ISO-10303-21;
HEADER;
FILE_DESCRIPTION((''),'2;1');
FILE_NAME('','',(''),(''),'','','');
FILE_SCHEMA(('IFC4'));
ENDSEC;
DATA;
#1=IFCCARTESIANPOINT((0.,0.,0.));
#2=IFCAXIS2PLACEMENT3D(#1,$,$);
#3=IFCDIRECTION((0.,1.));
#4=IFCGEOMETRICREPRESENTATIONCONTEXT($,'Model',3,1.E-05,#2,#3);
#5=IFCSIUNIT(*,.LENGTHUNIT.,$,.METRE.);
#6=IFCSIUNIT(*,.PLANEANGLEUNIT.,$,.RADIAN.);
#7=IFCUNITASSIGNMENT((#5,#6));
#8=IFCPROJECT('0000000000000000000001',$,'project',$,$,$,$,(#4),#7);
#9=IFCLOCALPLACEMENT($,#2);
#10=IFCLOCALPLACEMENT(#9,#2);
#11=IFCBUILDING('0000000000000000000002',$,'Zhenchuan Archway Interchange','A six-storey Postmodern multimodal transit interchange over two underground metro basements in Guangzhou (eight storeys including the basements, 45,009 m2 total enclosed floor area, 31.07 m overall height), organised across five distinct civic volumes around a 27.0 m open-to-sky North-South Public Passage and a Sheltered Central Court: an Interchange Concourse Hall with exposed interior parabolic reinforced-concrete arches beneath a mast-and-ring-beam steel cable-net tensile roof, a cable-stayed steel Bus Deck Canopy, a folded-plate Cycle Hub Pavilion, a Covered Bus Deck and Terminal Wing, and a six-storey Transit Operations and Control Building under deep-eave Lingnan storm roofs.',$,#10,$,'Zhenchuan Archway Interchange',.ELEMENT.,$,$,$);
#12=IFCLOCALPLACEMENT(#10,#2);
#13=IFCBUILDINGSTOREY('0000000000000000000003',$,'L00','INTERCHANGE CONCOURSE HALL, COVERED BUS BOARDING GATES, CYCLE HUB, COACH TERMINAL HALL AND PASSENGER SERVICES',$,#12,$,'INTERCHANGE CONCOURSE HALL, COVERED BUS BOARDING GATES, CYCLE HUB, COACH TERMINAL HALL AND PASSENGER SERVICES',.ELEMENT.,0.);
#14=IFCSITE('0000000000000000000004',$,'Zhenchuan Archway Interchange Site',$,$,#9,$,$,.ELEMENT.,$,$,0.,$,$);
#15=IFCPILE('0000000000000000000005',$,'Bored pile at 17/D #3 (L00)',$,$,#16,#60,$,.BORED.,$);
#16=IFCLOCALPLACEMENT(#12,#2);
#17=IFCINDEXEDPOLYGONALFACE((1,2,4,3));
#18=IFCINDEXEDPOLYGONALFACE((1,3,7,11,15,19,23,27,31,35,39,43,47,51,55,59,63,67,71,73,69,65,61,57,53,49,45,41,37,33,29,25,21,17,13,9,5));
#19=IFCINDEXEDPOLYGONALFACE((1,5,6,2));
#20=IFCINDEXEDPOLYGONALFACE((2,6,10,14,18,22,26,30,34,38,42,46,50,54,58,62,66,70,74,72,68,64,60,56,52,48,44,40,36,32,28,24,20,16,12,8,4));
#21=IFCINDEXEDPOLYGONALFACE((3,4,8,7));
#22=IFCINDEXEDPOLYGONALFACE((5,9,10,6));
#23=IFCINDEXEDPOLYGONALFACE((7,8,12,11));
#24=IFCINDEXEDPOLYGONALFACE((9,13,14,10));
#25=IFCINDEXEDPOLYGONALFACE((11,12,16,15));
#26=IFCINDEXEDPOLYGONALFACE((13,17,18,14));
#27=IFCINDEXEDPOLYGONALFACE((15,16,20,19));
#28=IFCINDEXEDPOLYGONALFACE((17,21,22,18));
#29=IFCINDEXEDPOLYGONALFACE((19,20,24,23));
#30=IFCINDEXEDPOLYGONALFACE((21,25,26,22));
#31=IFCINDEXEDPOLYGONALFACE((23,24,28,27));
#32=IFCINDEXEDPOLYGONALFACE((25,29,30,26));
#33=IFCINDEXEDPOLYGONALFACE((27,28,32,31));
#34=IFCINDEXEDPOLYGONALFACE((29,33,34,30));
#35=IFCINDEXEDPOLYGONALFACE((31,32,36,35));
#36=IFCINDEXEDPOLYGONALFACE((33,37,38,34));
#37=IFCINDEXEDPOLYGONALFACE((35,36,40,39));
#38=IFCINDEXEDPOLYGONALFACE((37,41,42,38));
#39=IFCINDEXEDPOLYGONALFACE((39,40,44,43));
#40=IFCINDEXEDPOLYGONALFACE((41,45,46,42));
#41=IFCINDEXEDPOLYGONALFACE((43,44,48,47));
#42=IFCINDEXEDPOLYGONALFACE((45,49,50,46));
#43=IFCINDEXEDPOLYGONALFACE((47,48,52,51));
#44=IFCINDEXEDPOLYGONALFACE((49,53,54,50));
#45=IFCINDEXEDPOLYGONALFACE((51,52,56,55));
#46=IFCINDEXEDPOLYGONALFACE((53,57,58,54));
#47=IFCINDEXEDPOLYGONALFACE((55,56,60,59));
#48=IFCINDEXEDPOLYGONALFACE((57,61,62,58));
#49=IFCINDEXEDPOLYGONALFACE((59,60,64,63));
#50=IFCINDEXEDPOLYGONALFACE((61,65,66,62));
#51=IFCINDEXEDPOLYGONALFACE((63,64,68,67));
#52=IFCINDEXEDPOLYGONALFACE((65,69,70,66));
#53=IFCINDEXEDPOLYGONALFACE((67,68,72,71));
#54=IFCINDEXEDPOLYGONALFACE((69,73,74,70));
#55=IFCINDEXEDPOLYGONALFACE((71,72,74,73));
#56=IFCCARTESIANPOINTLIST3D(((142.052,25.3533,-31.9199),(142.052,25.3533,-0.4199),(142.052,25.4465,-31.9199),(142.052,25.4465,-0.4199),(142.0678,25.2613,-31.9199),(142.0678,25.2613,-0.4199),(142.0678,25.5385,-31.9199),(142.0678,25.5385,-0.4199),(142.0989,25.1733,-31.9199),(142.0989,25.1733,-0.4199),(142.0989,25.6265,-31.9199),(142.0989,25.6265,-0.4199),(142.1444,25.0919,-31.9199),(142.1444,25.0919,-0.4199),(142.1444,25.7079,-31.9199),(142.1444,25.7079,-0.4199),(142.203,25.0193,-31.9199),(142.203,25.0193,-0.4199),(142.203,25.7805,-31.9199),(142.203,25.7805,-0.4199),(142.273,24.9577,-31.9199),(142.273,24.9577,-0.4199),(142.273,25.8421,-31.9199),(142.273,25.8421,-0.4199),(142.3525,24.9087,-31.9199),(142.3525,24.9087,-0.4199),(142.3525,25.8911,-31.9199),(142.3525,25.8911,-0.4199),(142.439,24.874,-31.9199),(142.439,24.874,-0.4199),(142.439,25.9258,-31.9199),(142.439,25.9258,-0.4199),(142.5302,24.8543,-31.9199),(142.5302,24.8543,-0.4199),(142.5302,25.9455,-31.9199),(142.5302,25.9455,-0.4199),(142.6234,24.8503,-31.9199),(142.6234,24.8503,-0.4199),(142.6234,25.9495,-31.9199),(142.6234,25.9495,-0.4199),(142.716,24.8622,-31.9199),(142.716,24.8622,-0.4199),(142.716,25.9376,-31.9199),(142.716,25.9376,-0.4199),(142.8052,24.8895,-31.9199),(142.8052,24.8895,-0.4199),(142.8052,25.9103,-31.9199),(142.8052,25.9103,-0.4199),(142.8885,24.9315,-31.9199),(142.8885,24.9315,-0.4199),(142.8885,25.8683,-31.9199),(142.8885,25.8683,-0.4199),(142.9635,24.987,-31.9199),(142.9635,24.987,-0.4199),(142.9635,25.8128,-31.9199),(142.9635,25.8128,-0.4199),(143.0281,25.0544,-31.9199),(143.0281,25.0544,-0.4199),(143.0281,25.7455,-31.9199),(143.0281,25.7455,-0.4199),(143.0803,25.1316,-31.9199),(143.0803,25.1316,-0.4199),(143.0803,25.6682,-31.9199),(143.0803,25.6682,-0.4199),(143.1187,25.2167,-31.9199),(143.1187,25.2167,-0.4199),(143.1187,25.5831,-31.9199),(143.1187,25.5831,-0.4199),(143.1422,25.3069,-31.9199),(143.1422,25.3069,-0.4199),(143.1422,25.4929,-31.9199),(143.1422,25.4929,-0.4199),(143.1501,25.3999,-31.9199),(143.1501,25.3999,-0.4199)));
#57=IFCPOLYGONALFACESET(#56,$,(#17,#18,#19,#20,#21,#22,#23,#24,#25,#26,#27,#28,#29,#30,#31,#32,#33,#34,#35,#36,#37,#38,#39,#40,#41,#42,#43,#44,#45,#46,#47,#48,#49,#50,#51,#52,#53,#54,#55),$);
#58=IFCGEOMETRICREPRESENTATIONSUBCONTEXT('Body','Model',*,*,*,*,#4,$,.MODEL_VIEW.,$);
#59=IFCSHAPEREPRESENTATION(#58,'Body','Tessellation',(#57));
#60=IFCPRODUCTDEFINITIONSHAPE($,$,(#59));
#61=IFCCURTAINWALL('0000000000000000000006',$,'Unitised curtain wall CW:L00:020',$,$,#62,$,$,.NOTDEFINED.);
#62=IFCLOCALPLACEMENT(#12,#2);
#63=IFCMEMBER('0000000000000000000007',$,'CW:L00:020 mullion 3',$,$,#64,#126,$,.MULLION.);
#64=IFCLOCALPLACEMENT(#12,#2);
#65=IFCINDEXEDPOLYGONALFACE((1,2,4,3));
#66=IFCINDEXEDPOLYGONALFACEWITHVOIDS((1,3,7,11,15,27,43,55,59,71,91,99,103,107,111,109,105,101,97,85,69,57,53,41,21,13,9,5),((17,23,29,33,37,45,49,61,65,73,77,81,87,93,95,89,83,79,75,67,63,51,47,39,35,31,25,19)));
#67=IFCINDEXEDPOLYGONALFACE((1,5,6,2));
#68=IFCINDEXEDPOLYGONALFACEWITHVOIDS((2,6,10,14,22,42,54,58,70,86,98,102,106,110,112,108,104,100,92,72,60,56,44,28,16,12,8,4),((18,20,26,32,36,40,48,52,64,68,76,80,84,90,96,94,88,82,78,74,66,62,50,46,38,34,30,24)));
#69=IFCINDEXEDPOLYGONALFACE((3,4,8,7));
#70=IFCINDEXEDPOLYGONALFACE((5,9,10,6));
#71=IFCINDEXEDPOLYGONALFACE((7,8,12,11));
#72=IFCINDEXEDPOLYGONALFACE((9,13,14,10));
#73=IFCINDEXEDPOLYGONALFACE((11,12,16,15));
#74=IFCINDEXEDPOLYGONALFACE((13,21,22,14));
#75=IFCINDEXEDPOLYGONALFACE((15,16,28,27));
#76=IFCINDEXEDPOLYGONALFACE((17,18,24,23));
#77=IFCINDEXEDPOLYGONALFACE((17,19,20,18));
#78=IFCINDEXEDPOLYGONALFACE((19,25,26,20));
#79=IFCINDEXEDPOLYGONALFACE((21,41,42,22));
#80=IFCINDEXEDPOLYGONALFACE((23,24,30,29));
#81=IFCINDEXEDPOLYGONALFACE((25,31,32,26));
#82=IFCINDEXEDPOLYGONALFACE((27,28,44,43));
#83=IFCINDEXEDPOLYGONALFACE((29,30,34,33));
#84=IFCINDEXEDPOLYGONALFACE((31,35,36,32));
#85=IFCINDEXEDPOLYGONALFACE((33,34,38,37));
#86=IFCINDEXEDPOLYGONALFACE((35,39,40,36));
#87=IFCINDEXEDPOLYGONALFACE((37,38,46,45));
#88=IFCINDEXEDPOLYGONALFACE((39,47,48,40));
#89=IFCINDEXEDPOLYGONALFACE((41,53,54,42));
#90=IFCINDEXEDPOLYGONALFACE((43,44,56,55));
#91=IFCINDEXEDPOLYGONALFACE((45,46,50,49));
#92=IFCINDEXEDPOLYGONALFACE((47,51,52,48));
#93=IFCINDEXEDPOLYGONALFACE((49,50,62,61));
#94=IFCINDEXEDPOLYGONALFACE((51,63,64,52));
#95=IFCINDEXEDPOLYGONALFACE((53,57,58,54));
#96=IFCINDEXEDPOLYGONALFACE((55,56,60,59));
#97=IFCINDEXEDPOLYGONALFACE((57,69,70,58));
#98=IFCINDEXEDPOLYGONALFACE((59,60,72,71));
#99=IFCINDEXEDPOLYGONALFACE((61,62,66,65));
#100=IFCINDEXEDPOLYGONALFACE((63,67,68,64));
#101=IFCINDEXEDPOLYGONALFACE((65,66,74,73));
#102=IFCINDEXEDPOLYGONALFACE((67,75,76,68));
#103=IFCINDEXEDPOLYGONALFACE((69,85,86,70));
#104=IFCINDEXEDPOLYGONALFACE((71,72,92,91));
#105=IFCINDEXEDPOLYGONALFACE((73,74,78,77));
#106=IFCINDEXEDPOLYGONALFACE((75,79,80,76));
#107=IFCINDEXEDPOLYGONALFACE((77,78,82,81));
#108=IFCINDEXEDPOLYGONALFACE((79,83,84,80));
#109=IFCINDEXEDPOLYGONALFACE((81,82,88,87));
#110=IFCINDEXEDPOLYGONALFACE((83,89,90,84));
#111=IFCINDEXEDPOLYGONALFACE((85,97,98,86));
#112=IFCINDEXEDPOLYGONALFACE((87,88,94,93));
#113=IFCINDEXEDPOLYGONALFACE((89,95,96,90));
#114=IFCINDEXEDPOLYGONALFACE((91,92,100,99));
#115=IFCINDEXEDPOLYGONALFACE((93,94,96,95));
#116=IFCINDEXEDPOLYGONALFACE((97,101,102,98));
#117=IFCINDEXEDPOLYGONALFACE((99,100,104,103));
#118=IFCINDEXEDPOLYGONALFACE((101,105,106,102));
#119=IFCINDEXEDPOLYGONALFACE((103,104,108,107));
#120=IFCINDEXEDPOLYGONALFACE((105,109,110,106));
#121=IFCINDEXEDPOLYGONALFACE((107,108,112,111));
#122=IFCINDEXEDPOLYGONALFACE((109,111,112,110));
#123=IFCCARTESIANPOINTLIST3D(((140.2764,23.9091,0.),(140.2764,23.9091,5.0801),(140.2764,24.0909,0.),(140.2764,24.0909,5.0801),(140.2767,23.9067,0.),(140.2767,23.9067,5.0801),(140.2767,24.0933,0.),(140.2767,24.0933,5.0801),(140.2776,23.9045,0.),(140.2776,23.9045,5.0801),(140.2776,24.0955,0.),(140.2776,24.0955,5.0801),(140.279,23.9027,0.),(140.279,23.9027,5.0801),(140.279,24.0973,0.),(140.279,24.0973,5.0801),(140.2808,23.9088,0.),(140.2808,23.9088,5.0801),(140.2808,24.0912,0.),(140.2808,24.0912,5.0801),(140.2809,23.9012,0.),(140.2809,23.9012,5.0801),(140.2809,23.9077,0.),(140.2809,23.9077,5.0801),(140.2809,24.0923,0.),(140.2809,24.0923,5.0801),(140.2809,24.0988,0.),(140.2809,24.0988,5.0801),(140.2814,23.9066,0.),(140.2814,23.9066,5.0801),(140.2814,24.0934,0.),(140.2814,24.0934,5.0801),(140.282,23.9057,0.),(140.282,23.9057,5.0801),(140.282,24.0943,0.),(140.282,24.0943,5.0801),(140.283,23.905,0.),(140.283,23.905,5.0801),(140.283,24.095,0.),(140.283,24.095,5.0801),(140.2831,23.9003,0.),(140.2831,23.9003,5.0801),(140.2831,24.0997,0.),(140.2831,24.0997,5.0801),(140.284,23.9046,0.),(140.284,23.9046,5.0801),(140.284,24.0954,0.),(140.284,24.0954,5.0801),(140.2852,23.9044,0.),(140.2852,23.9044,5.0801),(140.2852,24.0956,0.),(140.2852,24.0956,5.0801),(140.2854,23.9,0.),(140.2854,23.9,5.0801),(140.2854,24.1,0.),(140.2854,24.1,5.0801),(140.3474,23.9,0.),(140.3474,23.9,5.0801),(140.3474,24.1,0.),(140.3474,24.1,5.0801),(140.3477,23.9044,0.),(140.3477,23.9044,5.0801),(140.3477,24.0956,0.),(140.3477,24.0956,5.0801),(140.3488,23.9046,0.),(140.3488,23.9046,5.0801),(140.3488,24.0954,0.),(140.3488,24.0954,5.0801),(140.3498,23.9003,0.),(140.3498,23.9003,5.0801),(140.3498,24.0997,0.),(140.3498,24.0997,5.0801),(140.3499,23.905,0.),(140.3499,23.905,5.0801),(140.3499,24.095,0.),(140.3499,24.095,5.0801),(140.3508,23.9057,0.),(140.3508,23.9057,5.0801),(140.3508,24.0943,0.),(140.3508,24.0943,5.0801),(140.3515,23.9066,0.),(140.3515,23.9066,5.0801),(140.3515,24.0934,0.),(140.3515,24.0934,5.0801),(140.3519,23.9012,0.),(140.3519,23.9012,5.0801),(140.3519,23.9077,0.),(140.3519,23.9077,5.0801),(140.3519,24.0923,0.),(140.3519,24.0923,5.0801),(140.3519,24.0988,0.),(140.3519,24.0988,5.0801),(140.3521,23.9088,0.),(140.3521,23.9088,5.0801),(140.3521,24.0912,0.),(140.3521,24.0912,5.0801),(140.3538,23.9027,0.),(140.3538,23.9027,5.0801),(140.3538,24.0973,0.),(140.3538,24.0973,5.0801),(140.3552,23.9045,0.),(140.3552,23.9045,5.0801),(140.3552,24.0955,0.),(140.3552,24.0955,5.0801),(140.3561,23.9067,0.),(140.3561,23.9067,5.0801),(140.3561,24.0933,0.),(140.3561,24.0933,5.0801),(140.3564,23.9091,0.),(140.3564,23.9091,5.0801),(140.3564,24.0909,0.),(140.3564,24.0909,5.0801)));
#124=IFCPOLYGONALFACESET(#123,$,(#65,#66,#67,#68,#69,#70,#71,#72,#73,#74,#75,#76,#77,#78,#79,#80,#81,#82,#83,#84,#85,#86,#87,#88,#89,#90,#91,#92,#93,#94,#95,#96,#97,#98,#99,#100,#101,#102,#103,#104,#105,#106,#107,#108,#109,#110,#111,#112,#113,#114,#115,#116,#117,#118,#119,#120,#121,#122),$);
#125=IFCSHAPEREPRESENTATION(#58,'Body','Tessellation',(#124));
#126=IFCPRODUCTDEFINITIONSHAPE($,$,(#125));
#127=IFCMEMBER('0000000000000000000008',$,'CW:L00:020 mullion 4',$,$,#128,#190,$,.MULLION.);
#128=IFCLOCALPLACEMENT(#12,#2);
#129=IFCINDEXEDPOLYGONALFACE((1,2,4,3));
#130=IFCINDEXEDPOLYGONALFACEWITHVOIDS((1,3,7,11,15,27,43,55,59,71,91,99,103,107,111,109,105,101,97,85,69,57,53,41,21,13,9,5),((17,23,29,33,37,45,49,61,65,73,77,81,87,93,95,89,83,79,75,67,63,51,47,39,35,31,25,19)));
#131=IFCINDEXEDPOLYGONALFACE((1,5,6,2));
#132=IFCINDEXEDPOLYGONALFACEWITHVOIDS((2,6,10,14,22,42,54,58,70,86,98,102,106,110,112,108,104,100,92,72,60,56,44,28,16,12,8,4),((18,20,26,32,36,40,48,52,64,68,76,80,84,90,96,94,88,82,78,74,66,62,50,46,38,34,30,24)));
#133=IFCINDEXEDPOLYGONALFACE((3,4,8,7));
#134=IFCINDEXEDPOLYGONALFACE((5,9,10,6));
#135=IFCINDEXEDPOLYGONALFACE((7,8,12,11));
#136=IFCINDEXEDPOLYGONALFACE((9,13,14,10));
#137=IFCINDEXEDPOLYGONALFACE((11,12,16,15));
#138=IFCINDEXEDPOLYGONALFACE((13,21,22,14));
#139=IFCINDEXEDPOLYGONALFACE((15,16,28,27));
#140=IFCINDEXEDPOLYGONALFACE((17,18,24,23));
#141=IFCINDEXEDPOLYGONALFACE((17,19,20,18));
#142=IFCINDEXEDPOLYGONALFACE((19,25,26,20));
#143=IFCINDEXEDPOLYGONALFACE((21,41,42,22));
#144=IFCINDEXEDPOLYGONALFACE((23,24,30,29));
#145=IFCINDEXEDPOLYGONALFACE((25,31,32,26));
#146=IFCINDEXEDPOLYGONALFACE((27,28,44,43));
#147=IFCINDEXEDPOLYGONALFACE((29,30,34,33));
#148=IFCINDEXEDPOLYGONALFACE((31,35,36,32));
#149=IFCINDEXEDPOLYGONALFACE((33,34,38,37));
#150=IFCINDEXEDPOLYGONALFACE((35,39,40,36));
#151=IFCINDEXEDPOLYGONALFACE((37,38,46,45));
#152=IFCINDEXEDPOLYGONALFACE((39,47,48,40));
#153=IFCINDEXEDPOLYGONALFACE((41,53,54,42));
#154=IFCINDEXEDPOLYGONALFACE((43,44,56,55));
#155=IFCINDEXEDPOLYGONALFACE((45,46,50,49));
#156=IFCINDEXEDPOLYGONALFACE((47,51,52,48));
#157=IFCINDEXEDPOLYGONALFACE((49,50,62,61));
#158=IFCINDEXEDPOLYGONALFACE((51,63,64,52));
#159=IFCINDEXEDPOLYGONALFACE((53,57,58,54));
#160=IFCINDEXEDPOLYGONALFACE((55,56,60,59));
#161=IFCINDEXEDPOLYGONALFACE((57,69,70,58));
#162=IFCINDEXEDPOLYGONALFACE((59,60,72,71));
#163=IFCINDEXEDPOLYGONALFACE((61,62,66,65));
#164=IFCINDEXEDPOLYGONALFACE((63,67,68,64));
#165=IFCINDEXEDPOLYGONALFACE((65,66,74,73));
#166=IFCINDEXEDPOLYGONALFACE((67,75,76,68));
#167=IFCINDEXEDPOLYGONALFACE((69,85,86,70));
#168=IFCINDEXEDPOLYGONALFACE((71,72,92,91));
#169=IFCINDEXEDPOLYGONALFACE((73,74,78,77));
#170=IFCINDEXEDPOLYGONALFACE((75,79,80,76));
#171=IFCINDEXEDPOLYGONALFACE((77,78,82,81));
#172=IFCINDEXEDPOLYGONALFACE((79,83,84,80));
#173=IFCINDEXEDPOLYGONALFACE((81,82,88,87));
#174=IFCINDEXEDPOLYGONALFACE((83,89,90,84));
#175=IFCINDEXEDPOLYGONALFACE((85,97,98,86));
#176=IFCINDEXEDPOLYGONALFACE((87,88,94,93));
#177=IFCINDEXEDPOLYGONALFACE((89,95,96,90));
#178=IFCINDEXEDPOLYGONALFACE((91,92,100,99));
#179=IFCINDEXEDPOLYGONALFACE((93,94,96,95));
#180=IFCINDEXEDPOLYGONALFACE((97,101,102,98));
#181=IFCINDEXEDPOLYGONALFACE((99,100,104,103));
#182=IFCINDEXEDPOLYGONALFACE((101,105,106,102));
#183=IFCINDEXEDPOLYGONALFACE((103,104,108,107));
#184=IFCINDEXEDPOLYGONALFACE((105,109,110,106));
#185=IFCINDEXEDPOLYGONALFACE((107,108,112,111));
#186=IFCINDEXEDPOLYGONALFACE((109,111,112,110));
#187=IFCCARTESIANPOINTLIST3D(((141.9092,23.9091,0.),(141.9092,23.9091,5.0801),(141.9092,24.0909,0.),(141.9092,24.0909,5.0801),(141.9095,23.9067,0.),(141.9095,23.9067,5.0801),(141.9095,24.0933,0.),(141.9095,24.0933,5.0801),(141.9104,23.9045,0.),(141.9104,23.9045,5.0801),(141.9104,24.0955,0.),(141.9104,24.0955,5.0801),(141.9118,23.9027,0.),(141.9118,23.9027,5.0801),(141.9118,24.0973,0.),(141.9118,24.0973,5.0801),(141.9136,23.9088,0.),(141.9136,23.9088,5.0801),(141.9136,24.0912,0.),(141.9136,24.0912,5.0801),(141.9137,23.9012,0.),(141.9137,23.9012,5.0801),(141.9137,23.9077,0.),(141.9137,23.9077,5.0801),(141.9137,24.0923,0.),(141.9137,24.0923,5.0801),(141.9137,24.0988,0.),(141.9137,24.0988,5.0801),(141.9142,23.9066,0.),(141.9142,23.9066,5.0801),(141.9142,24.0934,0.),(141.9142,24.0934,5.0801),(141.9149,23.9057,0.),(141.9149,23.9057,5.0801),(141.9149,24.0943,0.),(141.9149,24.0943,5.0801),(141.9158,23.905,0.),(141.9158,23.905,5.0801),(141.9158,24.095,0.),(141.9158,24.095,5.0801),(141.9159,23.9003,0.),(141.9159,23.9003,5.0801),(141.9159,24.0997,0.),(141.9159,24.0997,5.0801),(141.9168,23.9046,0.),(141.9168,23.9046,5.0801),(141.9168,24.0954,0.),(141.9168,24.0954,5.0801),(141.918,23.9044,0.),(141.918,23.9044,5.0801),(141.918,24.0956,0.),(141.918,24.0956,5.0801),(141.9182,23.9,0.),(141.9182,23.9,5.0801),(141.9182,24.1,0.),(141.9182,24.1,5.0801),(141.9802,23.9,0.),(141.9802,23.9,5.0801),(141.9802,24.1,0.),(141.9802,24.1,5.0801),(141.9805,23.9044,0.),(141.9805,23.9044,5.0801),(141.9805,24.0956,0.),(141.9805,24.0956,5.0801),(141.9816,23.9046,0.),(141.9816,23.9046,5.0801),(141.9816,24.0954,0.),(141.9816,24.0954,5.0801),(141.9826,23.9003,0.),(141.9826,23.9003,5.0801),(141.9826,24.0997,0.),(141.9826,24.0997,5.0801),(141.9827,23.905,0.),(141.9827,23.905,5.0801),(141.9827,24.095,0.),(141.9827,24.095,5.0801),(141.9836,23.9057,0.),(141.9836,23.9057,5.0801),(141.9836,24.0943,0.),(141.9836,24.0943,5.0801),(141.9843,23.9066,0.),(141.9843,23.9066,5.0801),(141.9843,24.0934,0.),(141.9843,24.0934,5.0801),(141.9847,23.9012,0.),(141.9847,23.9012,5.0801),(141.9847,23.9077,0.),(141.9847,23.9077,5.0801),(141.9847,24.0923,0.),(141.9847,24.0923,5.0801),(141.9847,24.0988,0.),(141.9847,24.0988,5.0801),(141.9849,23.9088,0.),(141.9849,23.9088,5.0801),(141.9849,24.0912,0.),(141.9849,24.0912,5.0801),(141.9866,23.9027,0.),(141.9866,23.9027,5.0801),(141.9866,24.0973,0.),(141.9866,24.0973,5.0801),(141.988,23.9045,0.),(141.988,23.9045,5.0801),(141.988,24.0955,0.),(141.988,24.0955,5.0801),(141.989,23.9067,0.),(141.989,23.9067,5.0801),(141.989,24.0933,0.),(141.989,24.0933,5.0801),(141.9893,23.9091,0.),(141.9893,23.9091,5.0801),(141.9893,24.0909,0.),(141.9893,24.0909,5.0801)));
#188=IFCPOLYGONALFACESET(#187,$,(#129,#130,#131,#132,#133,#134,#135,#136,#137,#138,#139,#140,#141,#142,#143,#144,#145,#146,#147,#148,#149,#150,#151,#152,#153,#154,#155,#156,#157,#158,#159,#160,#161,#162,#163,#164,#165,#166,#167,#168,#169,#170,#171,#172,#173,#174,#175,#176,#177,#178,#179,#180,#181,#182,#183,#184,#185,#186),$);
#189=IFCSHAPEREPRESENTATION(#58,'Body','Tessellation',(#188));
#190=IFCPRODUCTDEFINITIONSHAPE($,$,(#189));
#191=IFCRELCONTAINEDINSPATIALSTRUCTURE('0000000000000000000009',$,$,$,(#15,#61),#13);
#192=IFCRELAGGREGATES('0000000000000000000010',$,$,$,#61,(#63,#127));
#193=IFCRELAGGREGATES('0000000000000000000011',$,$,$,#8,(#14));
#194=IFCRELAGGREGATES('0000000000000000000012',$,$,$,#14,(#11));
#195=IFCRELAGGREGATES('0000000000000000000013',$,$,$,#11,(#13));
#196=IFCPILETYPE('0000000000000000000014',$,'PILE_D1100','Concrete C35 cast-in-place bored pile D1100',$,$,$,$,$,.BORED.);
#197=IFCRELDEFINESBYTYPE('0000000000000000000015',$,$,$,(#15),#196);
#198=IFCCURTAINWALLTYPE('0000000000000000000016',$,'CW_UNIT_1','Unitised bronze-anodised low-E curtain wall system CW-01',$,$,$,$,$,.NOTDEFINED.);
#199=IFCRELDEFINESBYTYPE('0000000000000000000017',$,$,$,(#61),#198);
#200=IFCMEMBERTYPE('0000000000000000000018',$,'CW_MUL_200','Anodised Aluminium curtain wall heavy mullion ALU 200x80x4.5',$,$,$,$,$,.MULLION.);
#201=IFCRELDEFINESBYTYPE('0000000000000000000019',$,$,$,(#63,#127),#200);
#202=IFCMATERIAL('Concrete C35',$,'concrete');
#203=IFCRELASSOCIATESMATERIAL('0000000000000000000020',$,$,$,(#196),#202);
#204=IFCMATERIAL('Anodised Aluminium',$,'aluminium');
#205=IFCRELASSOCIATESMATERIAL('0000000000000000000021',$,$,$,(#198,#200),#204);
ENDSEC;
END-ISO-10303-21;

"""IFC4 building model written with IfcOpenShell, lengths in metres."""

from ifc_helpers import new_model, si_unit, direction, frame, origin, origin_2d, place, context, subcontext, project, spatial, hollow_rectangle, circle, extrude, material, material_profile, profile_set, type_object, element, aggregate, save


model = new_model("IFC4")

# Units and contexts
model_context = context("Model", 3, precision=1e-05, world=origin(), true_north=direction((0.0, 1.0)))
body_context = subcontext(model_context, "Body", "Model", "MODEL_VIEW")
ifc_project = project(units=[si_unit("LENGTHUNIT", "METRE"), si_unit("PLANEANGLEUNIT", "RADIAN")], contexts=[model_context])

# Site, building, storey
site_placement = place(None, origin())
site = spatial("IfcSite", under=ifc_project, at=site_placement, Name="Zhenchuan Archway Interchange Site", CompositionType="ELEMENT", RefElevation=0.0)
building_placement = place(site_placement, origin())
building = spatial("IfcBuilding", under=site, at=building_placement, Name="Zhenchuan Archway Interchange", Description="A six-storey Postmodern multimodal transit interchange over two underground metro basements in Guangzhou (eight storeys including the basements, 45,009 m2 total enclosed floor area, 31.07 m overall height), organised across five distinct civic volumes around a 27.0 m open-to-sky North-South Public Passage and a Sheltered Central Court: an Interchange Concourse Hall with exposed interior parabolic reinforced-concrete arches beneath a mast-and-ring-beam steel cable-net tensile roof, a cable-stayed steel Bus Deck Canopy, a folded-plate Cycle Hub Pavilion, a Covered Bus Deck and Terminal Wing, and a six-storey Transit Operations and Control Building under deep-eave Lingnan storm roofs.", LongName="Zhenchuan Archway Interchange", CompositionType="ELEMENT")
storey_placement = place(building_placement, origin())
storey = spatial("IfcBuildingStorey", under=building, at=storey_placement, Name="L00", Description="INTERCHANGE CONCOURSE HALL, COVERED BUS BOARDING GATES, CYCLE HUB, COACH TERMINAL HALL AND PASSENGER SERVICES", LongName="INTERCHANGE CONCOURSE HALL, COVERED BUS BOARDING GATES, CYCLE HUB, COACH TERMINAL HALL AND PASSENGER SERVICES", CompositionType="ELEMENT", Elevation=0.0)

# Pile
ifc_material_1 = material(Name="Concrete C35", Category="concrete")
ifc_material_profile_1 = material_profile(ifc_material_1, circle(Radius=0.55, at=origin_2d()), Name="BORED PILE 1100")
ifc_profile_set_1 = profile_set([ifc_material_profile_1], Name="Concrete C35")
pile_type = type_object("IfcPileType", Name="PILE_D1100", Description="Concrete C35 cast-in-place bored pile D1100", PredefinedType="BORED", material=ifc_profile_set_1)
pile_placement = place(storey_placement, frame((142.6001, 25.3999, -0.4199), z_axis=(0.0, 0.0, -1.0), x_axis=(1.0, 0.0, 0.0)))
element("IfcPile", 1, at=pile_placement, inside=storey, type_object=pile_type, Name="Bored pile at 17/D #3 (L00)", PredefinedType="BORED", context=body_context, shape_type="SweptSolid", body=[
    extrude(circle(Radius=0.55, at=origin_2d()), origin(), (0.0, 0.0, 1.0), 31.5),
])

# Curtain wall, members
ifc_material_2 = material(Name="Anodised Aluminium", Category="aluminium")
curtain_wall_type = type_object("IfcCurtainWallType", Name="CW_UNIT_1", Description="Unitised bronze-anodised low-E curtain wall system CW-01", PredefinedType="NOTDEFINED", material=ifc_material_2)
curtain_wall_placement = place(storey_placement, origin())
curtain_wall = element("IfcCurtainWall", 2, at=curtain_wall_placement, inside=storey, type_object=curtain_wall_type, Name="Unitised curtain wall CW:L00:020", PredefinedType="NOTDEFINED")
ifc_material_profile_2 = material_profile(ifc_material_2, hollow_rectangle(XDim=0.0801, YDim=0.2, WallThickness=0.0044, InnerFilletRadius=0.0044, OuterFilletRadius=0.009, at=origin_2d()), Name="ALU 200x80x4.5")
ifc_profile_set_2 = profile_set([ifc_material_profile_2], Name="Anodised Aluminium")
member_type_1 = type_object("IfcMemberType", Name="CW_MUL_200", Description="Anodised Aluminium curtain wall heavy mullion ALU 200x80x4.5", PredefinedType="MULLION", material=ifc_profile_set_2)
member_1_placement = place(storey_placement, frame((140.3164, 24.0, 0.0), z_axis=(0.0, 0.0, 1.0), x_axis=(1.0, 0.0, 0.0)))
member_1 = element("IfcMember", 3, at=member_1_placement, type_object=member_type_1, Name="CW:L00:020 mullion 3", PredefinedType="MULLION", context=body_context, shape_type="SweptSolid", body=[
    extrude(hollow_rectangle(XDim=0.0801, YDim=0.2, WallThickness=0.0044, InnerFilletRadius=0.0044, OuterFilletRadius=0.009, at=origin_2d()), origin(), (0.0, 0.0, 1.0), 5.0801),
])
member_2_placement = place(storey_placement, frame((141.9492, 24.0, 0.0), z_axis=(0.0, 0.0, 1.0), x_axis=(1.0, 0.0, 0.0)))
member_2 = element("IfcMember", 4, at=member_2_placement, type_object=member_type_1, Name="CW:L00:020 mullion 4", PredefinedType="MULLION", context=body_context, shape_type="SweptSolid", body=[
    extrude(hollow_rectangle(XDim=0.0801, YDim=0.2, WallThickness=0.0044, InnerFilletRadius=0.0044, OuterFilletRadius=0.009, at=origin_2d()), origin(), (0.0, 0.0, 1.0), 5.0801),
])
aggregate(curtain_wall, [member_1, member_2])

save(model, "model.ifc")
